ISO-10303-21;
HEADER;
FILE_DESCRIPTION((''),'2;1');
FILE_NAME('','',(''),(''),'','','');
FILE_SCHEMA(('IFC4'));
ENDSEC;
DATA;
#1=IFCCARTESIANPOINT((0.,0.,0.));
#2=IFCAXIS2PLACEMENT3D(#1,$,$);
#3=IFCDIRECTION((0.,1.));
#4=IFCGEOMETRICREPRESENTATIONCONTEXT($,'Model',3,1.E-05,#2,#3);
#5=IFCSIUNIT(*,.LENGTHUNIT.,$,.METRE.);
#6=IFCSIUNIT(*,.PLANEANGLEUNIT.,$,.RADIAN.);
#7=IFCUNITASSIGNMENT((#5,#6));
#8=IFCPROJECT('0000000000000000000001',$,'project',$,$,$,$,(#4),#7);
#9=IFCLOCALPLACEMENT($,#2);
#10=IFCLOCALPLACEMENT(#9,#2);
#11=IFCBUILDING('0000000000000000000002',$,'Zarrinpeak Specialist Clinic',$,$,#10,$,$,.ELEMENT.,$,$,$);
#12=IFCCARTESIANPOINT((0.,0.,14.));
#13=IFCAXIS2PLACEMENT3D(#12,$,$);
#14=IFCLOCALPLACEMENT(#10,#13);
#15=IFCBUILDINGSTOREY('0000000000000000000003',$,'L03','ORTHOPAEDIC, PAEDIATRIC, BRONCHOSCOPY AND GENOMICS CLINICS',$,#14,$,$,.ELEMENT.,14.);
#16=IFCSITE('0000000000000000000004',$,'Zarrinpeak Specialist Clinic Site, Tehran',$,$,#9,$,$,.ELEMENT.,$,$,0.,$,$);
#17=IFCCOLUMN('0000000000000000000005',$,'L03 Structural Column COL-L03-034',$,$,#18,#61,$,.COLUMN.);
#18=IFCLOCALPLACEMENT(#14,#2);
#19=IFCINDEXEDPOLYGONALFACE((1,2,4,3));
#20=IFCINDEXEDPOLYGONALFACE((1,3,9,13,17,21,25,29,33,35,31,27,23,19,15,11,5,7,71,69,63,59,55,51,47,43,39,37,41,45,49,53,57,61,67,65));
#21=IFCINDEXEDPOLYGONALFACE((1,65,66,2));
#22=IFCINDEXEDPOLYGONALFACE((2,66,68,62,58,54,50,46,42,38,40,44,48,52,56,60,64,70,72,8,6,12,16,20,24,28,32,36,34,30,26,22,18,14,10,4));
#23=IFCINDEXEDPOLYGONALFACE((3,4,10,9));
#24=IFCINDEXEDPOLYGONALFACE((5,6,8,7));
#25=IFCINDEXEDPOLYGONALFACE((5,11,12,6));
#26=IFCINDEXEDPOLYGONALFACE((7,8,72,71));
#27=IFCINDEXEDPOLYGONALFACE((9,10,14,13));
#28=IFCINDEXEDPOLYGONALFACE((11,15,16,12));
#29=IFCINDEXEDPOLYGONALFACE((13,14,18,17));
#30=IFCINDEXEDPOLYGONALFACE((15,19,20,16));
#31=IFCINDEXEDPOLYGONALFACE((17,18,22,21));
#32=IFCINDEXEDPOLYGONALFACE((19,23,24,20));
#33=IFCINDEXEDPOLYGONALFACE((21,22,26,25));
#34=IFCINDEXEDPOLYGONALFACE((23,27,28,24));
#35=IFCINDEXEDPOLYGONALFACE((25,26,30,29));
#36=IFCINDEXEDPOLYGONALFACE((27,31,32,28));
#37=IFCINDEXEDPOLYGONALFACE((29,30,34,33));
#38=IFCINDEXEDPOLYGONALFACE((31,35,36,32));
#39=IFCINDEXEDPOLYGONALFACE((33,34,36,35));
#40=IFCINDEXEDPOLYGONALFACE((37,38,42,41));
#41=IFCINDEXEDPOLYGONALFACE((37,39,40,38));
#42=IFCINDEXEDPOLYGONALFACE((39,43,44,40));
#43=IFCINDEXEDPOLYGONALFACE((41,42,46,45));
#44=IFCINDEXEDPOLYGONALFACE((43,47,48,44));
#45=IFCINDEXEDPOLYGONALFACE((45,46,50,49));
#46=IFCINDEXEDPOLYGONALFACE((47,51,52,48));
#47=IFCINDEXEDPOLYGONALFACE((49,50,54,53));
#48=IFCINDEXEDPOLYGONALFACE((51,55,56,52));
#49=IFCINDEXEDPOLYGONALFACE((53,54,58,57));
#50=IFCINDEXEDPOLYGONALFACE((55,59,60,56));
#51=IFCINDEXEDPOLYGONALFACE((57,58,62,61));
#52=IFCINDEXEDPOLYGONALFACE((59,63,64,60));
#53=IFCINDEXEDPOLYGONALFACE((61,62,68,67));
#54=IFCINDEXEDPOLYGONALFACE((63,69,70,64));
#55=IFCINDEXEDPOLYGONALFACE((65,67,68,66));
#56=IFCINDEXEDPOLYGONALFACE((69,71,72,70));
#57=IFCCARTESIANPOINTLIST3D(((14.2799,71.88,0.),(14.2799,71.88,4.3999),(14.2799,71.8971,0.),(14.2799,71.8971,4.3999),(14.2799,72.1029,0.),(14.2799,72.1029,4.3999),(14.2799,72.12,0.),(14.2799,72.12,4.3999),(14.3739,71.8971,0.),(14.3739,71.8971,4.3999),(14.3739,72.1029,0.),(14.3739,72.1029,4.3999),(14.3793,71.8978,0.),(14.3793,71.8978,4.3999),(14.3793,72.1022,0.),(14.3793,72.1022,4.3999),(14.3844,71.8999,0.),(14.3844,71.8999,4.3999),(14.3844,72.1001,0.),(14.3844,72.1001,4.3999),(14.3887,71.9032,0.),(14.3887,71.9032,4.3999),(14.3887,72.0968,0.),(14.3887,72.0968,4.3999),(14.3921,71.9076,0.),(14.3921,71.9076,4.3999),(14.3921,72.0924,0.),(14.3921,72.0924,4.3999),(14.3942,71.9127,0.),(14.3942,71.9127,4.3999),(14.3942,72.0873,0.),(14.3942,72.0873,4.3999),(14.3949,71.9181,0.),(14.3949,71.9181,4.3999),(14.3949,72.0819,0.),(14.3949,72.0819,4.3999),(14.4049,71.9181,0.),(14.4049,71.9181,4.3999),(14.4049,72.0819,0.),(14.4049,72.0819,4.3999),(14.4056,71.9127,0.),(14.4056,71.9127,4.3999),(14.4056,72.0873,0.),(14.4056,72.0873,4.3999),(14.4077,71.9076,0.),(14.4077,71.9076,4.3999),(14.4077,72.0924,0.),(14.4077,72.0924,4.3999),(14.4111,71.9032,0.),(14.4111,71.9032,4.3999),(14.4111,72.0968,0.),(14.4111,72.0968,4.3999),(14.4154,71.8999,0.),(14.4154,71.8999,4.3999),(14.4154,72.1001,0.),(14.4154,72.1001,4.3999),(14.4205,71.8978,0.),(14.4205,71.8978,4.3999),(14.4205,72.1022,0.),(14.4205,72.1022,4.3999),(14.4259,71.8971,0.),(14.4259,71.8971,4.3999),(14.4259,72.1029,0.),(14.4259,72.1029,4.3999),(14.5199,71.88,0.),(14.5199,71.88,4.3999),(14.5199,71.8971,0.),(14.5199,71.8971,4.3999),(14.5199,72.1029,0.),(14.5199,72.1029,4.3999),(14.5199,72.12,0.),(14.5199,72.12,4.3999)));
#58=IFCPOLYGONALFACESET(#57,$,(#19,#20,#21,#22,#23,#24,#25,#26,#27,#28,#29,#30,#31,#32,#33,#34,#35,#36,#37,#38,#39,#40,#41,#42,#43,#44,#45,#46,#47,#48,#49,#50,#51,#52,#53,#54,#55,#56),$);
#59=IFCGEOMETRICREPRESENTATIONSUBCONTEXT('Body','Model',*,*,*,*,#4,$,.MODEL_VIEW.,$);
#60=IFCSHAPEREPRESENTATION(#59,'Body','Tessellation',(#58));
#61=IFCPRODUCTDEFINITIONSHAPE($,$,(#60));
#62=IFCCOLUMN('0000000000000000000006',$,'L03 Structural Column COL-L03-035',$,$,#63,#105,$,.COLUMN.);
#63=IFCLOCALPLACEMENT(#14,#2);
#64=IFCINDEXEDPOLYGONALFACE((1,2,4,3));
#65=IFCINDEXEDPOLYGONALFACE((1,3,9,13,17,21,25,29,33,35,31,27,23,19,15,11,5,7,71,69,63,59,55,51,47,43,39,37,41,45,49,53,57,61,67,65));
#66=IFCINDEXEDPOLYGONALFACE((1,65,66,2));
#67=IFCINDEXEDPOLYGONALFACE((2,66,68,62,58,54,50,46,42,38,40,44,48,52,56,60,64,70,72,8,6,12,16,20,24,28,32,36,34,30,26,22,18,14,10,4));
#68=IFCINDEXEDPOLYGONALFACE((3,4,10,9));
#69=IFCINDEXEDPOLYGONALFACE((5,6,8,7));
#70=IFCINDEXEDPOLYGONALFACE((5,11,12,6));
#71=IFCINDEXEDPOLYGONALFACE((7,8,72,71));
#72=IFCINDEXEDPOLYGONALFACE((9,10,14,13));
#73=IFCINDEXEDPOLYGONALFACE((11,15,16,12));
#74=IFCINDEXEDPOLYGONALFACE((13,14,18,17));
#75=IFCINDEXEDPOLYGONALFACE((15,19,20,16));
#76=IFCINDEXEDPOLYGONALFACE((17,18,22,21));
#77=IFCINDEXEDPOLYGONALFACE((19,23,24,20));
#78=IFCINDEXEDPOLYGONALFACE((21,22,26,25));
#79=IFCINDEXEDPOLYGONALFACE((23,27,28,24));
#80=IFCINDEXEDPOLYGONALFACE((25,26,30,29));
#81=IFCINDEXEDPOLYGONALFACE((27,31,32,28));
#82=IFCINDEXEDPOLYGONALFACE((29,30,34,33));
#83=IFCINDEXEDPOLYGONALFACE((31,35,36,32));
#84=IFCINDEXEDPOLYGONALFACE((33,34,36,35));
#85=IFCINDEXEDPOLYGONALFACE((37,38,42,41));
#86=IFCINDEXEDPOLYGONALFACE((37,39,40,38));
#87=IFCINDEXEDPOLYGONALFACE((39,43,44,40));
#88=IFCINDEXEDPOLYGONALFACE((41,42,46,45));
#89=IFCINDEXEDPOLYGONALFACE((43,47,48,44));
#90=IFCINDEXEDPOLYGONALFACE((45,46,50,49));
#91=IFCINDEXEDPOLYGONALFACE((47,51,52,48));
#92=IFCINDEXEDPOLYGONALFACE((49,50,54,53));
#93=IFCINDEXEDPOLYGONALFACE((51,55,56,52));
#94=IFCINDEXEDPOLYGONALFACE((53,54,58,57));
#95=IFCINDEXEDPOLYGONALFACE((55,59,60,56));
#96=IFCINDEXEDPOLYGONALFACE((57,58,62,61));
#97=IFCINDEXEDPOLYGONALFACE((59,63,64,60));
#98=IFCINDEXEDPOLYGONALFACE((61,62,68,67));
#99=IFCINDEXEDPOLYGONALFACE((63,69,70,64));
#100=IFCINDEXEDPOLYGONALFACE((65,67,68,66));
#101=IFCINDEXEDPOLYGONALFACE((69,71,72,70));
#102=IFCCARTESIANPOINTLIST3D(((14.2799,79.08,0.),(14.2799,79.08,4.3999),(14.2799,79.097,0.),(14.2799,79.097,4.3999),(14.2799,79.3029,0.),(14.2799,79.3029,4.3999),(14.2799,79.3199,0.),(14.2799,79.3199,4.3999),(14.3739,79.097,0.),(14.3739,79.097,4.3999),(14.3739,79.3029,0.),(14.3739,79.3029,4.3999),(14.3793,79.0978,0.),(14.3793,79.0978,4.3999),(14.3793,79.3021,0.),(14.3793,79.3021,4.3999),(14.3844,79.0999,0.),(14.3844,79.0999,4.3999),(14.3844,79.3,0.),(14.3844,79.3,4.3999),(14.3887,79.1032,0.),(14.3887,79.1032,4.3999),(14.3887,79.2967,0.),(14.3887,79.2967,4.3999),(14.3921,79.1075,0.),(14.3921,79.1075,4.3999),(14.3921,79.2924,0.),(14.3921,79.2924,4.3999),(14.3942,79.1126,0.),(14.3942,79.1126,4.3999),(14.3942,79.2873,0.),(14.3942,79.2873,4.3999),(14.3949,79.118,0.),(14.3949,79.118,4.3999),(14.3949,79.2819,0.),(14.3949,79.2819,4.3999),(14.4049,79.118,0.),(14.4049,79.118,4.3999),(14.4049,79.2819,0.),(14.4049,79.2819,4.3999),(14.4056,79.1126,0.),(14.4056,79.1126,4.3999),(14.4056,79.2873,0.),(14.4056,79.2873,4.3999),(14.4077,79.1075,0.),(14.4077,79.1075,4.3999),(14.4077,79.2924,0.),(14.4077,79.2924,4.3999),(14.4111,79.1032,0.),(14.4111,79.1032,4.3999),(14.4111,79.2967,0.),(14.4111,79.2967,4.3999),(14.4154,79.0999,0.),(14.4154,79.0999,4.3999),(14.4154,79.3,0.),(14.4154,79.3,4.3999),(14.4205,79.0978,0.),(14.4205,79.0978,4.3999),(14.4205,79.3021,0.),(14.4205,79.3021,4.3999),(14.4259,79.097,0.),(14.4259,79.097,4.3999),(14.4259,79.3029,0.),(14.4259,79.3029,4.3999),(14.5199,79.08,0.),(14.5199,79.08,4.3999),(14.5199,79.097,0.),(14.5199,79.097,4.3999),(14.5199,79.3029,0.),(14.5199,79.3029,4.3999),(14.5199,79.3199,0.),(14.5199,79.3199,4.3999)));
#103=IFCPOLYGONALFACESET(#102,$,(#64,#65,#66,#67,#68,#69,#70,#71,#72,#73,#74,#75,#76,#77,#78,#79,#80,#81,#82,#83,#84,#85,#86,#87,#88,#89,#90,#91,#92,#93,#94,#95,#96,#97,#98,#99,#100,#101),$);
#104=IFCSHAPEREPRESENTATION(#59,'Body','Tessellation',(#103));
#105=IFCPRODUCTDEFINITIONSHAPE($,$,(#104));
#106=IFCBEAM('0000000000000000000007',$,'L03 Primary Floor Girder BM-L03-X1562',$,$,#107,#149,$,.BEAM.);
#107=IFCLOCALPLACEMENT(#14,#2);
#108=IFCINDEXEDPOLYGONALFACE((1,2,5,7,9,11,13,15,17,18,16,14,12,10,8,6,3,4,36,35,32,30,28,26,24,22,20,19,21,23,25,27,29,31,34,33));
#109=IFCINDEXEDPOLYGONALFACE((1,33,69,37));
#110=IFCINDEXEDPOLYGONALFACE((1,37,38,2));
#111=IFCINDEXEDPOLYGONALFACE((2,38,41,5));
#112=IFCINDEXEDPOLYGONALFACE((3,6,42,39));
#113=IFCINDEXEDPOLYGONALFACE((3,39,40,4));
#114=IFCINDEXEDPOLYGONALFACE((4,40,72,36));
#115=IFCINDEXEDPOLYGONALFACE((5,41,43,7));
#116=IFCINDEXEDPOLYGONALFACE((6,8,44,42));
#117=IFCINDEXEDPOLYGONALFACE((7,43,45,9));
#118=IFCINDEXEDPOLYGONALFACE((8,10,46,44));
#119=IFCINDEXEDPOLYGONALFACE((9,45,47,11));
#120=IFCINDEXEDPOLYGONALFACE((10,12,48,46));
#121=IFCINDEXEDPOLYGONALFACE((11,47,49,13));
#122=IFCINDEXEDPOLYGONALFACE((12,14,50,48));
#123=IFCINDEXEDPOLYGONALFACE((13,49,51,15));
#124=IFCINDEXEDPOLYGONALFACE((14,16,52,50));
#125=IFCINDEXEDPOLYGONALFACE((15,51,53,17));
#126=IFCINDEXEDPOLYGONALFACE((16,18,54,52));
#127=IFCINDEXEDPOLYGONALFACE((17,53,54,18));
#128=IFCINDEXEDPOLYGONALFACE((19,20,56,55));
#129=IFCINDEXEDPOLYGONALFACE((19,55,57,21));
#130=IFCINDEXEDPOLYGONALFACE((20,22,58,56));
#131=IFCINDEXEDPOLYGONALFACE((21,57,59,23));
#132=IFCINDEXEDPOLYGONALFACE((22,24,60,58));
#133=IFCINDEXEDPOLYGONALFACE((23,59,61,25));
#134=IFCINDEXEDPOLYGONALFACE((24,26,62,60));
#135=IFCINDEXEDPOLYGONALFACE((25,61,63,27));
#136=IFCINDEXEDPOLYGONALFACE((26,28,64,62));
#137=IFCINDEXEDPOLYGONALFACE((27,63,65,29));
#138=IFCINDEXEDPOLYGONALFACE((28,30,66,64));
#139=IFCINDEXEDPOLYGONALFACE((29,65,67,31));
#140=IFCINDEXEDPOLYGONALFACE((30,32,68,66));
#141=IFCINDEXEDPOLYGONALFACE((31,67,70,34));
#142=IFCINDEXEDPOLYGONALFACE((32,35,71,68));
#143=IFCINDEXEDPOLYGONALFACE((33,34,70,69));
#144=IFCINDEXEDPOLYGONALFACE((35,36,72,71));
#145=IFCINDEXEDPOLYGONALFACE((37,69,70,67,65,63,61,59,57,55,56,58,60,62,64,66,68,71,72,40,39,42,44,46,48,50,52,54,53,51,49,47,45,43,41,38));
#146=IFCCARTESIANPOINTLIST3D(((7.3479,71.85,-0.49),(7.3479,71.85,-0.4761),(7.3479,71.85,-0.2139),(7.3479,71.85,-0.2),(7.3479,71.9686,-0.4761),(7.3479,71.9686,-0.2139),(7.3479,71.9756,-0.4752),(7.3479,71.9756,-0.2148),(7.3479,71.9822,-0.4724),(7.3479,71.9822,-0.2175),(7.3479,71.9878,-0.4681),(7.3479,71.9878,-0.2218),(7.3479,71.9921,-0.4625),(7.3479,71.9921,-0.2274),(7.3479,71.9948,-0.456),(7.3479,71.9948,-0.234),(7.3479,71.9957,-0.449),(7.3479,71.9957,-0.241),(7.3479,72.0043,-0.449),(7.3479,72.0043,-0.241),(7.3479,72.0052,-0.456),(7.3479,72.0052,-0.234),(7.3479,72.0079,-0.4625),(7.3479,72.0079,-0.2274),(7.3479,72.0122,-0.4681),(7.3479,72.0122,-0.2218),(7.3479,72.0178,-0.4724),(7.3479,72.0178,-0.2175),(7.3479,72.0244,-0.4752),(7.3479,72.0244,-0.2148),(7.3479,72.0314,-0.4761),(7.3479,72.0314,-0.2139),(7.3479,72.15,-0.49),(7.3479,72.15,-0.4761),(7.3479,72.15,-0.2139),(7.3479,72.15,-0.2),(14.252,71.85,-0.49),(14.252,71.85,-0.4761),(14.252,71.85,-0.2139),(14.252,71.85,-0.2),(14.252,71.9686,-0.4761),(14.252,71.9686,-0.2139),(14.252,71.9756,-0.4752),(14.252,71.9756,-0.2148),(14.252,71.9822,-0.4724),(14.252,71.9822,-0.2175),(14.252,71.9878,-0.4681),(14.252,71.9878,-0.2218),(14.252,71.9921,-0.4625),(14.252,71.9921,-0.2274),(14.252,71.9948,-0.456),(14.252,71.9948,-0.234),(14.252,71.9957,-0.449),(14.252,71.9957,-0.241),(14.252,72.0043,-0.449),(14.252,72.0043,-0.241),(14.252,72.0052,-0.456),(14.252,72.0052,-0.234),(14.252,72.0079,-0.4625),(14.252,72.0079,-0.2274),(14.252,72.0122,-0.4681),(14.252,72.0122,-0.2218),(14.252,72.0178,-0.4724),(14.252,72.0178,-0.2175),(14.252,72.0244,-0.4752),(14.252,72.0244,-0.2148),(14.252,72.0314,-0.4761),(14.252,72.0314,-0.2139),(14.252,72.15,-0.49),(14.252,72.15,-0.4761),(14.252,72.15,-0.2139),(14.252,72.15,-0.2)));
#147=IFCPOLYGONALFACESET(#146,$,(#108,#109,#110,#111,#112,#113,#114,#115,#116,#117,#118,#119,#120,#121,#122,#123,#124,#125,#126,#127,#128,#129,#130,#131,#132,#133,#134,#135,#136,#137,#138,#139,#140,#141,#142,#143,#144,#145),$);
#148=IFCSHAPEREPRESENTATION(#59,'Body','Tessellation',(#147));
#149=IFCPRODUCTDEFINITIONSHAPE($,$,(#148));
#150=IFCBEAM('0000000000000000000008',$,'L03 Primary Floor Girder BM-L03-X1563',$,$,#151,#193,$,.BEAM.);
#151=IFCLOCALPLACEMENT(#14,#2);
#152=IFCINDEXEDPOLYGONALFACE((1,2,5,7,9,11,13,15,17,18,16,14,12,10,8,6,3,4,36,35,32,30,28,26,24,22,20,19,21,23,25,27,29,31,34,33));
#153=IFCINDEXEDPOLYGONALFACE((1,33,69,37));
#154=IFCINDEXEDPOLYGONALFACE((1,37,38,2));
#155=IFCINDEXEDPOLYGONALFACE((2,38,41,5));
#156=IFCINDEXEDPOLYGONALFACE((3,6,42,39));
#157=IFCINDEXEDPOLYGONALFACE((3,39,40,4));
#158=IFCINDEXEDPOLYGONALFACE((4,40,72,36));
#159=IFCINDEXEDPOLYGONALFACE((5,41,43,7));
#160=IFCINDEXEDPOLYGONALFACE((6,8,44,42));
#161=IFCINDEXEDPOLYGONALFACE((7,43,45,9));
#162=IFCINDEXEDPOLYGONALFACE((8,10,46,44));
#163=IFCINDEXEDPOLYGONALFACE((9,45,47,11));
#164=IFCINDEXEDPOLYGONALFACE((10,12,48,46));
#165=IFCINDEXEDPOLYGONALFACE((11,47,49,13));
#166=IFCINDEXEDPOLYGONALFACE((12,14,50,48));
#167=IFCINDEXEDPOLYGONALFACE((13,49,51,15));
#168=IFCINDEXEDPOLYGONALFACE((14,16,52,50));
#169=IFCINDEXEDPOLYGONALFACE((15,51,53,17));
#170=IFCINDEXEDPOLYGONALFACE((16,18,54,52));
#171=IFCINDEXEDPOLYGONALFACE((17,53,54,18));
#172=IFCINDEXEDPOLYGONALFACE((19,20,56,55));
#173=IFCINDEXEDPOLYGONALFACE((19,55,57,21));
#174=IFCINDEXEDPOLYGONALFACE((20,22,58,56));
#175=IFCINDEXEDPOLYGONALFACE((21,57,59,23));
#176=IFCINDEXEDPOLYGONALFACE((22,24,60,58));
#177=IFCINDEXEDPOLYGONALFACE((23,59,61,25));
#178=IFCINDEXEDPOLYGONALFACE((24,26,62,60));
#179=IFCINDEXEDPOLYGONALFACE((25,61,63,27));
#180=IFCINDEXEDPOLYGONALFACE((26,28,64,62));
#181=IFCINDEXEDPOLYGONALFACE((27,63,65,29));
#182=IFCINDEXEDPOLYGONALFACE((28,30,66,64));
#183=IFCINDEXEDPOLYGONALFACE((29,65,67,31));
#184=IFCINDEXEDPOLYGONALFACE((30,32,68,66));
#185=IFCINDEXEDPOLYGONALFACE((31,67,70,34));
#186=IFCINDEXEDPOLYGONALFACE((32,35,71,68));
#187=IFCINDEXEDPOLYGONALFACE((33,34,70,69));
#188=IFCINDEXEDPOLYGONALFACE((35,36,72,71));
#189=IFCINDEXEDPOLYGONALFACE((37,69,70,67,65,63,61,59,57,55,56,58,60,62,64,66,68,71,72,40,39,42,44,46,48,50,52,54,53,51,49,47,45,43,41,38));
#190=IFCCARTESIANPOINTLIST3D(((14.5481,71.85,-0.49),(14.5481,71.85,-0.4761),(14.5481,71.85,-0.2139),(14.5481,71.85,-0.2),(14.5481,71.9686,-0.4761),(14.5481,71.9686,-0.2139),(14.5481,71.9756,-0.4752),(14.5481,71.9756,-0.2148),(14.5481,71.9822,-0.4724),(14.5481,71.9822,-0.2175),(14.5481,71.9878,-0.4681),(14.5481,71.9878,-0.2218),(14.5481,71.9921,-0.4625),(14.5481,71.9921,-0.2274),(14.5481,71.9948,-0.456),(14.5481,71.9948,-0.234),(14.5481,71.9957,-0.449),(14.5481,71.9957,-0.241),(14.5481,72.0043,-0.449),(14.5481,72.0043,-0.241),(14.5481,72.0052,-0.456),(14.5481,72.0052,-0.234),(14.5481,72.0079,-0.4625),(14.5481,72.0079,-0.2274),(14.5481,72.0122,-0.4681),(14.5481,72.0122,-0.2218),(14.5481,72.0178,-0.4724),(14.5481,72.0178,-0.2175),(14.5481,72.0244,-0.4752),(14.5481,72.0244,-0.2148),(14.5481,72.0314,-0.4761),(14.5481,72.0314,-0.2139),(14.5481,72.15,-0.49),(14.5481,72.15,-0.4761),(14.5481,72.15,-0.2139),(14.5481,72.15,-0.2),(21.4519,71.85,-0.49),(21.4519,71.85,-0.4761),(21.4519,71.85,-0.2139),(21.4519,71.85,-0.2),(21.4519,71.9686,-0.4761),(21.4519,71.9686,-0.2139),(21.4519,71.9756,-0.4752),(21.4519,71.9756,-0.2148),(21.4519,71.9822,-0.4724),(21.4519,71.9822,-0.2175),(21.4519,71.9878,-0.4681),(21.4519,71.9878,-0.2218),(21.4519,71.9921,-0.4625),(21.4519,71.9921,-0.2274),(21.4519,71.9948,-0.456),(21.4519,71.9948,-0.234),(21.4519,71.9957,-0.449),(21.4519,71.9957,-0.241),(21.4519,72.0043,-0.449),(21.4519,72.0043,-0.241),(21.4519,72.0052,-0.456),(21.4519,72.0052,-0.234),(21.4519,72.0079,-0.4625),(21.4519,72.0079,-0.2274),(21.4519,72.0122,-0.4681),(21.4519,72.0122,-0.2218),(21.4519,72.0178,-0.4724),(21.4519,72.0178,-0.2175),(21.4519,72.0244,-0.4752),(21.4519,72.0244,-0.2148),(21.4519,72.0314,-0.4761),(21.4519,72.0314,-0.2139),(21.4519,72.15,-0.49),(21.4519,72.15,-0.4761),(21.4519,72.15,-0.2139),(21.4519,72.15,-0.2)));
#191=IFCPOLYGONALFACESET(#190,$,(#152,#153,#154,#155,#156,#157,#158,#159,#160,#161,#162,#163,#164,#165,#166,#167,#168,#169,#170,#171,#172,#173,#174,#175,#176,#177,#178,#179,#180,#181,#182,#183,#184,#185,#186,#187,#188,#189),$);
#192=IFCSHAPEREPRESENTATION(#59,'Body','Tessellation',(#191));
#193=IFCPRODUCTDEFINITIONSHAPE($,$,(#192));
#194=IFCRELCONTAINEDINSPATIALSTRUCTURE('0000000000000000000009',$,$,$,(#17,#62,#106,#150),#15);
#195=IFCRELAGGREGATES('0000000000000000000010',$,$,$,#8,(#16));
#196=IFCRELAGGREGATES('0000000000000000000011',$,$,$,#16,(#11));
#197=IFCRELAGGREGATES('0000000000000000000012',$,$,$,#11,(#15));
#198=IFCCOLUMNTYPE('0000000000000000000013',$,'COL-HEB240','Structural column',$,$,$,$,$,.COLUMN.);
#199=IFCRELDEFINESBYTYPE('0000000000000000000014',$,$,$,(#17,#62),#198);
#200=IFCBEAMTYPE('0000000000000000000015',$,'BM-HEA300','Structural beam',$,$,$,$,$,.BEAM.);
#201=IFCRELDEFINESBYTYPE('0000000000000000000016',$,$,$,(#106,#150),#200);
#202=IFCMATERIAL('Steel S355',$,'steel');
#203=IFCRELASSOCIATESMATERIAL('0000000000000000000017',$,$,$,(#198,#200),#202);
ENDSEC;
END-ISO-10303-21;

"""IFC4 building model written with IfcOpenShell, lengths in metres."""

from ifc_helpers import new_model, si_unit, direction, frame, origin, origin_2d, place, context, subcontext, project, spatial, i_section, extrude, material, material_profile, profile_set, type_object, element, save


model = new_model("IFC4")

# Units and contexts
model_context = context("Model", 3, precision=1e-05, world=origin(), true_north=direction((0.0, 1.0)))
body_context = subcontext(model_context, "Body", "Model", "MODEL_VIEW")
ifc_project = project(units=[si_unit("LENGTHUNIT", "METRE"), si_unit("PLANEANGLEUNIT", "RADIAN")], contexts=[model_context])

# Site, building, storey
site_placement = place(None, origin())
site = spatial("IfcSite", under=ifc_project, at=site_placement, Name="Zarrinpeak Specialist Clinic Site, Tehran", CompositionType="ELEMENT", RefElevation=0.0)
building_placement = place(site_placement, origin())
building = spatial("IfcBuilding", under=site, at=building_placement, Name="Zarrinpeak Specialist Clinic", CompositionType="ELEMENT")
storey_placement = place(building_placement, frame((0.0, 0.0, 14.0)))
storey = spatial("IfcBuildingStorey", under=building, at=storey_placement, Name="L03", Description="ORTHOPAEDIC, PAEDIATRIC, BRONCHOSCOPY AND GENOMICS CLINICS", CompositionType="ELEMENT", Elevation=14.0)

# Columns
ifc_material_1 = material(Name="Steel S355", Category="steel")
ifc_material_profile_1 = material_profile(ifc_material_1, i_section(OverallWidth=0.24, OverallDepth=0.24, WebThickness=0.01, FlangeThickness=0.0171, FilletRadius=0.021, at=origin_2d()), Name="HEB 240")
ifc_profile_set_1 = profile_set([ifc_material_profile_1], Name="Steel S355")
column_type = type_object("IfcColumnType", Name="COL-HEB240", Description="Structural column", PredefinedType="COLUMN", material=ifc_profile_set_1)
for number, where, z_axis, x_axis, name in (
    (1, (14.3999, 72.0, 0.0), (0.0, 0.0, 1.0), (1.0, 0.0, 0.0), "L03 Structural Column COL-L03-034"),
    (2, (14.3999, 79.2, 0.0), (0.0, 0.0, 1.0), (1.0, 0.0, 0.0), "L03 Structural Column COL-L03-035"),
):
    element("IfcColumn", number, at=place(storey_placement, frame(where, z_axis=z_axis, x_axis=x_axis)), inside=storey, type_object=column_type, Name=name, PredefinedType="COLUMN", context=body_context, shape_type="SweptSolid", body=[
        extrude(i_section(OverallWidth=0.24, OverallDepth=0.24, WebThickness=0.01, FlangeThickness=0.0171, FilletRadius=0.021, at=origin_2d()), origin(), (0.0, 0.0, 1.0), 4.3999),
    ])

# Beams
ifc_material_profile_2 = material_profile(ifc_material_1, i_section(OverallWidth=0.3, OverallDepth=0.29, WebThickness=0.0085, FlangeThickness=0.0139, FilletRadius=0.0271, at=origin_2d()), Name="HEA 300")
ifc_profile_set_2 = profile_set([ifc_material_profile_2], Name="Steel S355")
beam_type_1 = type_object("IfcBeamType", Name="BM-HEA300", Description="Structural beam", PredefinedType="BEAM", material=ifc_profile_set_2)
beam_1_placement = place(storey_placement, frame((7.3479, 72.0, -0.345), z_axis=(1.0, 0.0, 0.0), x_axis=(0.0, 1.0, 0.0)))
element("IfcBeam", 3, at=beam_1_placement, inside=storey, type_object=beam_type_1, Name="L03 Primary Floor Girder BM-L03-X1562", PredefinedType="BEAM", context=body_context, shape_type="SweptSolid", body=[
    extrude(i_section(OverallWidth=0.3, OverallDepth=0.29, WebThickness=0.0085, FlangeThickness=0.0139, FilletRadius=0.0271, at=origin_2d()), origin(), (0.0, 0.0, 1.0), 6.9041),
])
beam_2_placement = place(storey_placement, frame((14.5481, 72.0, -0.345), z_axis=(1.0, 0.0, 0.0), x_axis=(0.0, 1.0, 0.0)))
element("IfcBeam", 4, at=beam_2_placement, inside=storey, type_object=beam_type_1, Name="L03 Primary Floor Girder BM-L03-X1563", PredefinedType="BEAM", context=body_context, shape_type="SweptSolid", body=[
    extrude(i_section(OverallWidth=0.3, OverallDepth=0.29, WebThickness=0.0085, FlangeThickness=0.0139, FilletRadius=0.0271, at=origin_2d()), origin(), (0.0, 0.0, 1.0), 6.9038),
])

save(model, "model.ifc")
